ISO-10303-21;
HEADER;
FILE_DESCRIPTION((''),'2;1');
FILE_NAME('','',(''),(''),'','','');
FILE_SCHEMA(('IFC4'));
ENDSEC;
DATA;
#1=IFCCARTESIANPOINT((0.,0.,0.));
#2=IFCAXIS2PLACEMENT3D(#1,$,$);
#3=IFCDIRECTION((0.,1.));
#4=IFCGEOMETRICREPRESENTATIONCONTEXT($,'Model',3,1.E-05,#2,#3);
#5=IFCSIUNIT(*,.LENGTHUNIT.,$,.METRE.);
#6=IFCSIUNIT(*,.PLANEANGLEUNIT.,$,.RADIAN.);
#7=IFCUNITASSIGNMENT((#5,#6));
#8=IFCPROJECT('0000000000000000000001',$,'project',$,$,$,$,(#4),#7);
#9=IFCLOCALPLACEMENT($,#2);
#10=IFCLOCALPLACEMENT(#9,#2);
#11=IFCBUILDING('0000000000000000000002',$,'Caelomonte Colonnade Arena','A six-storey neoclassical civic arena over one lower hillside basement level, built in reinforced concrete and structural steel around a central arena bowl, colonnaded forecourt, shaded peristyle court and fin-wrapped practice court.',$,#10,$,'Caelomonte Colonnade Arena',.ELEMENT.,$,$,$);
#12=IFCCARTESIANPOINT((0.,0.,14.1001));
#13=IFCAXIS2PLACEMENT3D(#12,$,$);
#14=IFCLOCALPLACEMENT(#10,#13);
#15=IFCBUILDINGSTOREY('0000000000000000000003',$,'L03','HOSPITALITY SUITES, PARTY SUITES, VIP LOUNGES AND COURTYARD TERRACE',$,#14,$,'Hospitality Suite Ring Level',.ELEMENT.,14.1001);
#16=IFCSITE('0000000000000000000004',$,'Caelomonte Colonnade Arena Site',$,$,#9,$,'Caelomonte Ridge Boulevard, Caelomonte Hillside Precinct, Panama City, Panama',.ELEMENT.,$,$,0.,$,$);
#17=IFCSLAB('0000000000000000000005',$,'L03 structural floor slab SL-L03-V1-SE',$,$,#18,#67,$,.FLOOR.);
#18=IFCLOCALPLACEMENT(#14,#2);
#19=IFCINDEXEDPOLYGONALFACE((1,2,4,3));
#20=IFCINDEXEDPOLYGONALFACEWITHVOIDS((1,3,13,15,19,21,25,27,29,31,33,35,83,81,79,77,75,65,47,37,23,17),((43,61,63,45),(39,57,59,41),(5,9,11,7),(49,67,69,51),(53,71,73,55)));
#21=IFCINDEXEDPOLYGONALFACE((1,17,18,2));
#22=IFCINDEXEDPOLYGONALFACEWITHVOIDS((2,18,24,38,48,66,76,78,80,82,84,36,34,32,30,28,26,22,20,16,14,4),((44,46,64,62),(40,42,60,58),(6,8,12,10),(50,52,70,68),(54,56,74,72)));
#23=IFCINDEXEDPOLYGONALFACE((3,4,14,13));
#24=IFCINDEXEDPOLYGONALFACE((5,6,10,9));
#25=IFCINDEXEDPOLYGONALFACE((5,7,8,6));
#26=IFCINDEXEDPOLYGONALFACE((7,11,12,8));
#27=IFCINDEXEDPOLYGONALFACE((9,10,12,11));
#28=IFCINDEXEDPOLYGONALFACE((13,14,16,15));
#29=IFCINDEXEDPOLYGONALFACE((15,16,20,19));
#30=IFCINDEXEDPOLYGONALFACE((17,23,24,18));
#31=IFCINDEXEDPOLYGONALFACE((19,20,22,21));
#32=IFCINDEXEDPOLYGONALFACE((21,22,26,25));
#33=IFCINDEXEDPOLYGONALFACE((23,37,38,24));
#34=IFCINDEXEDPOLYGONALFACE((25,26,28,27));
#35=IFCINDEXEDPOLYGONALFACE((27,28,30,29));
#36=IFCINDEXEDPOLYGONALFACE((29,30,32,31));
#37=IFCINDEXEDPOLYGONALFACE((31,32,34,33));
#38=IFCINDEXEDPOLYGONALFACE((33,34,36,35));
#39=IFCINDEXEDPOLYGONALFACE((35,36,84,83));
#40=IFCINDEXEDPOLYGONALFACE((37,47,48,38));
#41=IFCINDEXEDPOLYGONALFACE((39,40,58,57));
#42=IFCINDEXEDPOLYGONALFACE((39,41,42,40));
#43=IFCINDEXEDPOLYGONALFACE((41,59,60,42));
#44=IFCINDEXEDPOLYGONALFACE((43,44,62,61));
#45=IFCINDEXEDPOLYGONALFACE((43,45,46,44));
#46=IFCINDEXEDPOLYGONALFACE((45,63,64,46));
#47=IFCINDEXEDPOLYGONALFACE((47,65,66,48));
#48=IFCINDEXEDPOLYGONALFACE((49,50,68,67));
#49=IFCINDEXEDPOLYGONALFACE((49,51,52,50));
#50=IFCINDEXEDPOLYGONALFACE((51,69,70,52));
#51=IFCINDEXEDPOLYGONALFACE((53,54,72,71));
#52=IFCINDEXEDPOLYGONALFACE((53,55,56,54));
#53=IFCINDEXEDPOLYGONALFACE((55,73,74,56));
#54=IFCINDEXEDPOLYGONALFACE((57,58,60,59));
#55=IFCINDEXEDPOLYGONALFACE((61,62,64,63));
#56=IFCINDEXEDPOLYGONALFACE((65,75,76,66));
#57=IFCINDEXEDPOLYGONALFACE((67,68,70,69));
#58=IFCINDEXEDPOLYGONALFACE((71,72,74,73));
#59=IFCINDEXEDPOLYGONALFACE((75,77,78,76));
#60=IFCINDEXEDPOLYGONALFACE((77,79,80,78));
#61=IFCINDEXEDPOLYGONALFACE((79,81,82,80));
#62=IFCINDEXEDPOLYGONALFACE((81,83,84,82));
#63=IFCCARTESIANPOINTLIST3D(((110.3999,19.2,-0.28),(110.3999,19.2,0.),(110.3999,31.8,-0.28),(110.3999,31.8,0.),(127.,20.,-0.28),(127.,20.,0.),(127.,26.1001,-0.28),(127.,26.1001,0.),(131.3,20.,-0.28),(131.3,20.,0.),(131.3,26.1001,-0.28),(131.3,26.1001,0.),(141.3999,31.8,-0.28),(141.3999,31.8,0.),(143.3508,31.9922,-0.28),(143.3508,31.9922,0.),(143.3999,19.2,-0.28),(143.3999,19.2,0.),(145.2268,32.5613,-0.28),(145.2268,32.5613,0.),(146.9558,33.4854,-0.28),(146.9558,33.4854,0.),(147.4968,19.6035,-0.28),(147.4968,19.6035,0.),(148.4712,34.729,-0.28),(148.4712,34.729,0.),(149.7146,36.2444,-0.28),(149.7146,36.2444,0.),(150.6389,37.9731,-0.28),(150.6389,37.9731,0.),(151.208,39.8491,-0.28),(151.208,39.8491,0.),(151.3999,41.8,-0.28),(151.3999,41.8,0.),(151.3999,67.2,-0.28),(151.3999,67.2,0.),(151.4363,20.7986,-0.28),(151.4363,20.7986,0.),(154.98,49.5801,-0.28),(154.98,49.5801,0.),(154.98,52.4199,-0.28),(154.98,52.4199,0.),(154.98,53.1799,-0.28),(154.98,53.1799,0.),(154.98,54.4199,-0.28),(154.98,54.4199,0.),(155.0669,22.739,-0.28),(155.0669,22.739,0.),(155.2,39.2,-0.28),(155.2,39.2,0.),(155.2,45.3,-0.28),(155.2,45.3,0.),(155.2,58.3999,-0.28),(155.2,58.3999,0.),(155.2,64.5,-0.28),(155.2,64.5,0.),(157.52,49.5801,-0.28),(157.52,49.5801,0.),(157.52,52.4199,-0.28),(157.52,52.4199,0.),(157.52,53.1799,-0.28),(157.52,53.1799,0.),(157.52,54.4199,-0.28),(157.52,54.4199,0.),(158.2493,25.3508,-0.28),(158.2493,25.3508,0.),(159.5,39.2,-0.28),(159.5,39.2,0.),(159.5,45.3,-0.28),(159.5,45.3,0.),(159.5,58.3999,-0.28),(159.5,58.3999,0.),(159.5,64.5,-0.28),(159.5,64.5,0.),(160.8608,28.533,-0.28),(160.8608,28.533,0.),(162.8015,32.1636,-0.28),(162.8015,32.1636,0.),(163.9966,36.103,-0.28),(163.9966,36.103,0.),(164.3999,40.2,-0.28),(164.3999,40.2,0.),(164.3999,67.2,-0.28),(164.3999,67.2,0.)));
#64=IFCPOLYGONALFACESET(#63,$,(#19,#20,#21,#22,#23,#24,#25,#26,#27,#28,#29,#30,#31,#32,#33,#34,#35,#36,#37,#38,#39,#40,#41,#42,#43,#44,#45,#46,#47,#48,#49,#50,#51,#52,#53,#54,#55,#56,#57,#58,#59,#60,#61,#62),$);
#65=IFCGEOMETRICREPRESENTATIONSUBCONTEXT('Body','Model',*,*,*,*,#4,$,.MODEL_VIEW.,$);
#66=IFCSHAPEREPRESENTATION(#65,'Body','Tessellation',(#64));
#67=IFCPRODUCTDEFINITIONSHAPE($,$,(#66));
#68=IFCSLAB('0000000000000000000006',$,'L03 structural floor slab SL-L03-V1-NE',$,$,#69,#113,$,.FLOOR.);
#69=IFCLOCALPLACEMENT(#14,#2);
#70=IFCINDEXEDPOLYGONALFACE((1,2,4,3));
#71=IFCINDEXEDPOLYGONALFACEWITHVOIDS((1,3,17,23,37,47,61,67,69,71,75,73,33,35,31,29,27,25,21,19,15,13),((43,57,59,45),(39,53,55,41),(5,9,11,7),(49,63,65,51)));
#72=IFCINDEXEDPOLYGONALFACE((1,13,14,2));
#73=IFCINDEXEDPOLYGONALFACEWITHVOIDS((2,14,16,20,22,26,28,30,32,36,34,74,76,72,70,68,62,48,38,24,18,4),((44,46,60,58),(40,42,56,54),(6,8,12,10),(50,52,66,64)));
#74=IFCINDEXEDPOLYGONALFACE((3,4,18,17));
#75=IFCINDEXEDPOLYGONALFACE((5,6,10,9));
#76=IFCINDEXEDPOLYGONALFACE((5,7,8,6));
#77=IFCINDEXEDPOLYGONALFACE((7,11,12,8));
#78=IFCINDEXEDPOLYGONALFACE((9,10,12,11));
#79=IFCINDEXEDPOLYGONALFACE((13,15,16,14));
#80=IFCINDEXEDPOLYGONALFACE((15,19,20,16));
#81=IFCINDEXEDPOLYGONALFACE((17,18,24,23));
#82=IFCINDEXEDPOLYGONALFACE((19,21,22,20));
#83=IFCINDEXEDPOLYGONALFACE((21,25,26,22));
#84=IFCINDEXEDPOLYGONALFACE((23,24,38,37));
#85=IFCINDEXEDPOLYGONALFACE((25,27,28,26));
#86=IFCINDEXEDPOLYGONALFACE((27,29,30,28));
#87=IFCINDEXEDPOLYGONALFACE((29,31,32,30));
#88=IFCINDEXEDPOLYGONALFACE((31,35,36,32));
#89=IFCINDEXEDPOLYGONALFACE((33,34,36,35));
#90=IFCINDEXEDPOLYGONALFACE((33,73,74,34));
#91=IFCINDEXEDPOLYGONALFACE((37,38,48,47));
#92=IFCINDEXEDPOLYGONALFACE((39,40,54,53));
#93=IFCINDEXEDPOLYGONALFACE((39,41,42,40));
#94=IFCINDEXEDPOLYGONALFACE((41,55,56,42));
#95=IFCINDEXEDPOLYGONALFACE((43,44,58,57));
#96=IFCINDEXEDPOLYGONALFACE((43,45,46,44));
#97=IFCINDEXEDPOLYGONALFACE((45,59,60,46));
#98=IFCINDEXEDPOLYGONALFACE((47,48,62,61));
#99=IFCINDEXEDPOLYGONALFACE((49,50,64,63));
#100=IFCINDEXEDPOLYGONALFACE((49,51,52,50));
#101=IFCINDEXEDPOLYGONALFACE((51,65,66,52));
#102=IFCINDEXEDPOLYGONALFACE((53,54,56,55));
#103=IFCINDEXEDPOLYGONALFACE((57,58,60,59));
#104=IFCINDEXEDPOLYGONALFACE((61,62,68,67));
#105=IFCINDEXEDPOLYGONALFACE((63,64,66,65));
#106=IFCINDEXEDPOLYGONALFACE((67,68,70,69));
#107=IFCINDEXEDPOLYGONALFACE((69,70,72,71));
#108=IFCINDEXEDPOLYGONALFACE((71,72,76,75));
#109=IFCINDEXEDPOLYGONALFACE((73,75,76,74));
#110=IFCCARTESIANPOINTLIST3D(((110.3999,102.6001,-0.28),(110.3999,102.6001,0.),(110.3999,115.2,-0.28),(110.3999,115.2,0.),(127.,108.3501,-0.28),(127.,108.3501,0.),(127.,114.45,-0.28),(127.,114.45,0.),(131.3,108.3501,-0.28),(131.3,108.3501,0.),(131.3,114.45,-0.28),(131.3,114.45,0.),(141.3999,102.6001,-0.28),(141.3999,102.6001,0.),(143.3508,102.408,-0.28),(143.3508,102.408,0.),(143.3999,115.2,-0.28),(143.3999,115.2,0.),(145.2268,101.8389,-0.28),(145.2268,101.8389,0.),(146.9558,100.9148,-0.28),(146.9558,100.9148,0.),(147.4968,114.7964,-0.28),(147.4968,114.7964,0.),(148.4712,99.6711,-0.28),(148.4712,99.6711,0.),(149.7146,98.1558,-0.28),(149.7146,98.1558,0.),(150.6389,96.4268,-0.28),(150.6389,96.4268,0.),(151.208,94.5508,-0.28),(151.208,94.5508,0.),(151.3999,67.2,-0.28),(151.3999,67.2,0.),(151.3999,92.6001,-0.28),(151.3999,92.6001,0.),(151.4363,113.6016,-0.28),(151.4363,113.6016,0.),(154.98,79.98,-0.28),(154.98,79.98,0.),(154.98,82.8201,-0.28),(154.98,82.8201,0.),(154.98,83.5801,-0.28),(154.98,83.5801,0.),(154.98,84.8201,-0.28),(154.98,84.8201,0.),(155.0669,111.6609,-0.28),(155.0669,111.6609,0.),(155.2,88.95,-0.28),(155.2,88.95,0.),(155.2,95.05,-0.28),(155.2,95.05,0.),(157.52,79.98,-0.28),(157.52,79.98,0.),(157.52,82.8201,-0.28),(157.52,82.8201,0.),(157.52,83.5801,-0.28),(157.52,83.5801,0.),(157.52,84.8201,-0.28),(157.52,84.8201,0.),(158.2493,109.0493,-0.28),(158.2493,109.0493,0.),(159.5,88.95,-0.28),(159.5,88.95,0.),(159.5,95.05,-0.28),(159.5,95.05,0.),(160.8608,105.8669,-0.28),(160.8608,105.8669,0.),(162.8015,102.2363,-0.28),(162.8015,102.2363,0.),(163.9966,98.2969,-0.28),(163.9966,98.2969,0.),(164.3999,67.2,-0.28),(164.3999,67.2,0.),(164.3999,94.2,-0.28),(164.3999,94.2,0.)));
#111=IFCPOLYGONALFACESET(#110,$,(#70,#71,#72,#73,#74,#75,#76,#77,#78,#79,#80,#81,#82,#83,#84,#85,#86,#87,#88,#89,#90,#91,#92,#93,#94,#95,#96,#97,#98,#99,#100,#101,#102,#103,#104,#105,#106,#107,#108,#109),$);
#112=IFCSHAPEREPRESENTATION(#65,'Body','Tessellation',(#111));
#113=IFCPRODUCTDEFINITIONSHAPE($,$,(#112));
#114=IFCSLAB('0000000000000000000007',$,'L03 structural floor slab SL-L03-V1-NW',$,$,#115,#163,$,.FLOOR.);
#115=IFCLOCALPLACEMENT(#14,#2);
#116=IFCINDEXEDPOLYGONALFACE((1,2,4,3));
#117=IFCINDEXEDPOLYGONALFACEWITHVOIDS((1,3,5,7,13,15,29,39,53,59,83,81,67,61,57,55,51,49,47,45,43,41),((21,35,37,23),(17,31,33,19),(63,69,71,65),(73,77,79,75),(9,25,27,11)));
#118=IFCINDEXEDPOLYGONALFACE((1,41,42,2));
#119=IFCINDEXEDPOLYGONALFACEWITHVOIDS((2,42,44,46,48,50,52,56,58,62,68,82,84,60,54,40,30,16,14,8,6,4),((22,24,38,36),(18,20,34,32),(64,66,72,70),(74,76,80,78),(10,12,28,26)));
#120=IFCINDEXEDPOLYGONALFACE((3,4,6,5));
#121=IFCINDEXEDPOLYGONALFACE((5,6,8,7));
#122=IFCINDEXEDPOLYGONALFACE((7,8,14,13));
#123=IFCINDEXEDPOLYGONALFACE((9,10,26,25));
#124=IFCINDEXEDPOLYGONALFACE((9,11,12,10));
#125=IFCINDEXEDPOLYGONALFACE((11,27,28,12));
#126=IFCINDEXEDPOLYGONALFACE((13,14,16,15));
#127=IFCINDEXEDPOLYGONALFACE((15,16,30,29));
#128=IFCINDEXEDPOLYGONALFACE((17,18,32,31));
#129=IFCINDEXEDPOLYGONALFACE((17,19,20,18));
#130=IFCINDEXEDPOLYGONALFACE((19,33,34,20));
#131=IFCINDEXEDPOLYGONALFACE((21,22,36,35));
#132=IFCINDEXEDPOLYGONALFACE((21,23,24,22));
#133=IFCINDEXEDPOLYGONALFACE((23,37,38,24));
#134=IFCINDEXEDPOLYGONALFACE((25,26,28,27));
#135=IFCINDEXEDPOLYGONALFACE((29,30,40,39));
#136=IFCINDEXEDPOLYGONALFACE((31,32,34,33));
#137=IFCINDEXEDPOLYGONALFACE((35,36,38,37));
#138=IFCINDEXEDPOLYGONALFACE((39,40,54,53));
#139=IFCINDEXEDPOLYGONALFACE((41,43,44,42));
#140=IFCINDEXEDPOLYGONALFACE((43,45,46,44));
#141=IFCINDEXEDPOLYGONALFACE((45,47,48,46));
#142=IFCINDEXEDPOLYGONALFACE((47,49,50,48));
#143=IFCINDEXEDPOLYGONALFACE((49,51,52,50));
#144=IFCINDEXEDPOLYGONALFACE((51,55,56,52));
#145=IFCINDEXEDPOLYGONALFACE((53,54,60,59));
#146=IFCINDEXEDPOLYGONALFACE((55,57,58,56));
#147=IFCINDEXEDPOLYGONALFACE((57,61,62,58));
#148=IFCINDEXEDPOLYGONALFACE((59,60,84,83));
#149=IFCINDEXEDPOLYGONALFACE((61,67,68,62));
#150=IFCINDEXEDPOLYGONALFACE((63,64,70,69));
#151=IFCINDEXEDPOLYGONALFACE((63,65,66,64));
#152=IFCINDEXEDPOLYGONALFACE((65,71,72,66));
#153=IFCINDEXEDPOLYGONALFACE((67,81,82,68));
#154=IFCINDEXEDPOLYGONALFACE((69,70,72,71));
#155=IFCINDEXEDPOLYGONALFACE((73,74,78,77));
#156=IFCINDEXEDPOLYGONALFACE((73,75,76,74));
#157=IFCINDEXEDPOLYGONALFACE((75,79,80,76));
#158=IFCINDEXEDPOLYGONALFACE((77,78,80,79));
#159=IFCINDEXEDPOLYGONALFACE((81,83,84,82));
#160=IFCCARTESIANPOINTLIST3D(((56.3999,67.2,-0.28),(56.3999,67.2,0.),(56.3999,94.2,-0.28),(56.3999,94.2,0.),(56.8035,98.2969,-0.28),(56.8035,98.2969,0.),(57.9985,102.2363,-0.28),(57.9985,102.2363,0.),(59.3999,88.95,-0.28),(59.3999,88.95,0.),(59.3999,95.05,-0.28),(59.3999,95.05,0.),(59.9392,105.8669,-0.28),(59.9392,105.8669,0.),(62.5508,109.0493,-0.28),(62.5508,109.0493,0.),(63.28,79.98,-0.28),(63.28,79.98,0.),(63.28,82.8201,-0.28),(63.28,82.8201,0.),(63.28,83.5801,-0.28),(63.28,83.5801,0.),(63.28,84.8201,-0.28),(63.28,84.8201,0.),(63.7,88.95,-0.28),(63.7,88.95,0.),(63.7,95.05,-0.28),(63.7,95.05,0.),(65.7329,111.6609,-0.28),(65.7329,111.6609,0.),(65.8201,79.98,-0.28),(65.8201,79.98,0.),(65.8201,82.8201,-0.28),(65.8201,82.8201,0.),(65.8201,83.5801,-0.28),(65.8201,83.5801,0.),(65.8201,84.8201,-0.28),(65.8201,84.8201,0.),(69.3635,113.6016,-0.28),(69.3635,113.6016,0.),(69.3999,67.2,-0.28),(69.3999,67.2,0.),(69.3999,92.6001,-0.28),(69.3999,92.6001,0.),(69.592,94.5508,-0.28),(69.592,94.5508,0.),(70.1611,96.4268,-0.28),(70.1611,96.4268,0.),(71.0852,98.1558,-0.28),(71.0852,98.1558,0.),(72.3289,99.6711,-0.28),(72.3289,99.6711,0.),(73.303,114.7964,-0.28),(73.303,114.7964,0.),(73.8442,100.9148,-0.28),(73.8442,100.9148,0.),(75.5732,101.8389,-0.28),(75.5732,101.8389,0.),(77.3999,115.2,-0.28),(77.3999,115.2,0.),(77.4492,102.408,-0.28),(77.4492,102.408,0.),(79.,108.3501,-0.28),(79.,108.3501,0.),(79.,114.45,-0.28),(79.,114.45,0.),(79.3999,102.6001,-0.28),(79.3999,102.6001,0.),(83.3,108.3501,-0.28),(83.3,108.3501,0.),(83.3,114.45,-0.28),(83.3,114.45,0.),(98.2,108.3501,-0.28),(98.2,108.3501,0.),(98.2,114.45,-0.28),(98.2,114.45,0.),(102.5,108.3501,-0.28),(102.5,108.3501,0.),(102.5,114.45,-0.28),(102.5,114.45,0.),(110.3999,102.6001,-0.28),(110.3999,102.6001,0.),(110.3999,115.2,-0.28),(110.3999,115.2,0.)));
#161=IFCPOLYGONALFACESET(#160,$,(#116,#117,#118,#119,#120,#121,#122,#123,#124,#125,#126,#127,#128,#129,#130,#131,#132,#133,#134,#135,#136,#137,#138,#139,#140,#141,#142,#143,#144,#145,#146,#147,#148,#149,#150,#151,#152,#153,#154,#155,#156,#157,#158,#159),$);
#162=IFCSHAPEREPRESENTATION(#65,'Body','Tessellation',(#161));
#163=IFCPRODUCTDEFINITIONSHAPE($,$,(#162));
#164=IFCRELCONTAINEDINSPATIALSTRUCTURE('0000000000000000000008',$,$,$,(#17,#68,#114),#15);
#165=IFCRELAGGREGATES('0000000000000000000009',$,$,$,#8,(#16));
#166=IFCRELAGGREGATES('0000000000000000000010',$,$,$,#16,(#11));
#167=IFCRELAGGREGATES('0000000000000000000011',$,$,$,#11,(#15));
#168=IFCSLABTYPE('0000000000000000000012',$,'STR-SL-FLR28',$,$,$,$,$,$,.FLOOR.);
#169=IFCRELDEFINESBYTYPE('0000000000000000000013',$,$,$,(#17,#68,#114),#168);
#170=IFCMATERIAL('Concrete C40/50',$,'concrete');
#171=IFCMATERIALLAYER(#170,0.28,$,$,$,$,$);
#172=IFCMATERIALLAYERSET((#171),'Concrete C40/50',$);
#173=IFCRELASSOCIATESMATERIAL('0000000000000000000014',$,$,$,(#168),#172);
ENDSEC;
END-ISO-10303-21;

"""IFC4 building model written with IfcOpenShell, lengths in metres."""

from ifc_helpers import new_model, si_unit, direction, frame, origin, place, context, subcontext, project, spatial, polyline, outline, extrude, material, layer, layer_set, type_object, element, save


model = new_model("IFC4")

# Units and contexts
model_context = context("Model", 3, precision=1e-05, world=origin(), true_north=direction((0.0, 1.0)))
body_context = subcontext(model_context, "Body", "Model", "MODEL_VIEW")
ifc_project = project(units=[si_unit("LENGTHUNIT", "METRE"), si_unit("PLANEANGLEUNIT", "RADIAN")], contexts=[model_context])

# Site, building, storey
site_placement = place(None, origin())
site = spatial("IfcSite", under=ifc_project, at=site_placement, Name="Caelomonte Colonnade Arena Site", LongName="Caelomonte Ridge Boulevard, Caelomonte Hillside Precinct, Panama City, Panama", CompositionType="ELEMENT", RefElevation=0.0)
building_placement = place(site_placement, origin())
building = spatial("IfcBuilding", under=site, at=building_placement, Name="Caelomonte Colonnade Arena", Description="A six-storey neoclassical civic arena over one lower hillside basement level, built in reinforced concrete and structural steel around a central arena bowl, colonnaded forecourt, shaded peristyle court and fin-wrapped practice court.", LongName="Caelomonte Colonnade Arena", CompositionType="ELEMENT")
storey_placement = place(building_placement, frame((0.0, 0.0, 14.1001)))
storey = spatial("IfcBuildingStorey", under=building, at=storey_placement, Name="L03", Description="HOSPITALITY SUITES, PARTY SUITES, VIP LOUNGES AND COURTYARD TERRACE", LongName="Hospitality Suite Ring Level", CompositionType="ELEMENT", Elevation=14.1001)

# Shared definitions
ifc_material_1 = material(Name="Concrete C40/50", Category="concrete")

# Slabs
ifc_layer_1 = layer(ifc_material_1, 0.28)
ifc_layer_set_1 = layer_set([ifc_layer_1], Name="Concrete C40/50")
slab_type_1 = type_object("IfcSlabType", Name="STR-SL-FLR28", PredefinedType="FLOOR", material=ifc_layer_set_1)
slab_1_placement = place(storey_placement, frame((0.0, 0.0, -0.28)))
element("IfcSlab", 1, at=slab_1_placement, inside=storey, type_object=slab_type_1, Name="L03 structural floor slab SL-L03-V1-SE", PredefinedType="FLOOR", context=body_context, shape_type="SweptSolid", body=[
    extrude(outline(polyline([(164.3999, 40.2), (164.3999, 67.2), (151.3999, 67.2), (151.3999, 41.8), (151.208, 39.8491), (150.6389, 37.9731), (149.7146, 36.2444), (148.4712, 34.729), (146.9558, 33.4854), (145.2268, 32.5613), (143.3508, 31.9922), (141.3999, 31.8), (110.3999, 31.8), (110.3999, 19.2), (143.3999, 19.2), (147.4968, 19.6035), (151.4363, 20.7986), (155.0669, 22.739), (158.2493, 25.3508), (160.8608, 28.533), (162.8015, 32.1636), (163.9966, 36.103), (164.3999, 40.2)]), holes=[polyline([(127.0, 26.1001), (131.3, 26.1001), (131.3, 20.0), (127.0, 20.0), (127.0, 26.1001)]), polyline([(159.5, 45.3), (159.5, 39.2), (155.2, 39.2), (155.2, 45.3), (159.5, 45.3)]), polyline([(154.98, 49.5801), (154.98, 52.4199), (157.52, 52.4199), (157.52, 49.5801), (154.98, 49.5801)]), polyline([(154.98, 53.1799), (154.98, 54.4199), (157.52, 54.4199), (157.52, 53.1799), (154.98, 53.1799)]), polyline([(159.5, 64.5), (159.5, 58.3999), (155.2, 58.3999), (155.2, 64.5), (159.5, 64.5)])]), origin(), (0.0, 0.0, 1.0), 0.28),
])
slab_2_placement = place(storey_placement, frame((0.0, 0.0, -0.28)))
element("IfcSlab", 2, at=slab_2_placement, inside=storey, type_object=slab_type_1, Name="L03 structural floor slab SL-L03-V1-NE", PredefinedType="FLOOR", context=body_context, shape_type="SweptSolid", body=[
    extrude(outline(polyline([(143.3999, 115.2), (110.3999, 115.2), (110.3999, 102.6001), (141.3999, 102.6001), (143.3508, 102.408), (145.2268, 101.8389), (146.9558, 100.9148), (148.4712, 99.6711), (149.7146, 98.1558), (150.6389, 96.4268), (151.208, 94.5508), (151.3999, 92.6001), (151.3999, 67.2), (164.3999, 67.2), (164.3999, 94.2), (163.9966, 98.2969), (162.8015, 102.2363), (160.8608, 105.8669), (158.2493, 109.0493), (155.0669, 111.6609), (151.4363, 113.6016), (147.4968, 114.7964), (143.3999, 115.2)]), holes=[polyline([(154.98, 79.98), (154.98, 82.8201), (157.52, 82.8201), (157.52, 79.98), (154.98, 79.98)]), polyline([(154.98, 83.5801), (154.98, 84.8201), (157.52, 84.8201), (157.52, 83.5801), (154.98, 83.5801)]), polyline([(159.5, 88.95), (155.2, 88.95), (155.2, 95.05), (159.5, 95.05), (159.5, 88.95)]), polyline([(127.0, 108.3501), (127.0, 114.45), (131.3, 114.45), (131.3, 108.3501), (127.0, 108.3501)])]), origin(), (0.0, 0.0, 1.0), 0.28),
])
slab_3_placement = place(storey_placement, frame((0.0, 0.0, -0.28)))
element("IfcSlab", 3, at=slab_3_placement, inside=storey, type_object=slab_type_1, Name="L03 structural floor slab SL-L03-V1-NW", PredefinedType="FLOOR", context=body_context, shape_type="SweptSolid", body=[
    extrude(outline(polyline([(56.3999, 94.2), (56.3999, 67.2), (69.3999, 67.2), (69.3999, 92.6001), (69.592, 94.5508), (70.1611, 96.4268), (71.0852, 98.1558), (72.3289, 99.6711), (73.8442, 100.9148), (75.5732, 101.8389), (77.4492, 102.408), (79.3999, 102.6001), (110.3999, 102.6001), (110.3999, 115.2), (77.3999, 115.2), (73.303, 114.7964), (69.3635, 113.6016), (65.7329, 111.6609), (62.5508, 109.0493), (59.9392, 105.8669), (57.9985, 102.2363), (56.8035, 98.2969), (56.3999, 94.2)]), holes=[polyline([(63.28, 79.98), (63.28, 82.8201), (65.8201, 82.8201), (65.8201, 79.98), (63.28, 79.98)]), polyline([(65.8201, 83.5801), (63.28, 83.5801), (63.28, 84.8201), (65.8201, 84.8201), (65.8201, 83.5801)]), polyline([(59.3999, 88.95), (59.3999, 95.05), (63.7, 95.05), (63.7, 88.95), (59.3999, 88.95)]), polyline([(79.0, 108.3501), (79.0, 114.45), (83.3, 114.45), (83.3, 108.3501), (79.0, 108.3501)]), polyline([(98.2, 108.3501), (98.2, 114.45), (102.5, 114.45), (102.5, 108.3501), (98.2, 108.3501)])]), origin(), (0.0, 0.0, 1.0), 0.28),
])

save(model, "model.ifc")
